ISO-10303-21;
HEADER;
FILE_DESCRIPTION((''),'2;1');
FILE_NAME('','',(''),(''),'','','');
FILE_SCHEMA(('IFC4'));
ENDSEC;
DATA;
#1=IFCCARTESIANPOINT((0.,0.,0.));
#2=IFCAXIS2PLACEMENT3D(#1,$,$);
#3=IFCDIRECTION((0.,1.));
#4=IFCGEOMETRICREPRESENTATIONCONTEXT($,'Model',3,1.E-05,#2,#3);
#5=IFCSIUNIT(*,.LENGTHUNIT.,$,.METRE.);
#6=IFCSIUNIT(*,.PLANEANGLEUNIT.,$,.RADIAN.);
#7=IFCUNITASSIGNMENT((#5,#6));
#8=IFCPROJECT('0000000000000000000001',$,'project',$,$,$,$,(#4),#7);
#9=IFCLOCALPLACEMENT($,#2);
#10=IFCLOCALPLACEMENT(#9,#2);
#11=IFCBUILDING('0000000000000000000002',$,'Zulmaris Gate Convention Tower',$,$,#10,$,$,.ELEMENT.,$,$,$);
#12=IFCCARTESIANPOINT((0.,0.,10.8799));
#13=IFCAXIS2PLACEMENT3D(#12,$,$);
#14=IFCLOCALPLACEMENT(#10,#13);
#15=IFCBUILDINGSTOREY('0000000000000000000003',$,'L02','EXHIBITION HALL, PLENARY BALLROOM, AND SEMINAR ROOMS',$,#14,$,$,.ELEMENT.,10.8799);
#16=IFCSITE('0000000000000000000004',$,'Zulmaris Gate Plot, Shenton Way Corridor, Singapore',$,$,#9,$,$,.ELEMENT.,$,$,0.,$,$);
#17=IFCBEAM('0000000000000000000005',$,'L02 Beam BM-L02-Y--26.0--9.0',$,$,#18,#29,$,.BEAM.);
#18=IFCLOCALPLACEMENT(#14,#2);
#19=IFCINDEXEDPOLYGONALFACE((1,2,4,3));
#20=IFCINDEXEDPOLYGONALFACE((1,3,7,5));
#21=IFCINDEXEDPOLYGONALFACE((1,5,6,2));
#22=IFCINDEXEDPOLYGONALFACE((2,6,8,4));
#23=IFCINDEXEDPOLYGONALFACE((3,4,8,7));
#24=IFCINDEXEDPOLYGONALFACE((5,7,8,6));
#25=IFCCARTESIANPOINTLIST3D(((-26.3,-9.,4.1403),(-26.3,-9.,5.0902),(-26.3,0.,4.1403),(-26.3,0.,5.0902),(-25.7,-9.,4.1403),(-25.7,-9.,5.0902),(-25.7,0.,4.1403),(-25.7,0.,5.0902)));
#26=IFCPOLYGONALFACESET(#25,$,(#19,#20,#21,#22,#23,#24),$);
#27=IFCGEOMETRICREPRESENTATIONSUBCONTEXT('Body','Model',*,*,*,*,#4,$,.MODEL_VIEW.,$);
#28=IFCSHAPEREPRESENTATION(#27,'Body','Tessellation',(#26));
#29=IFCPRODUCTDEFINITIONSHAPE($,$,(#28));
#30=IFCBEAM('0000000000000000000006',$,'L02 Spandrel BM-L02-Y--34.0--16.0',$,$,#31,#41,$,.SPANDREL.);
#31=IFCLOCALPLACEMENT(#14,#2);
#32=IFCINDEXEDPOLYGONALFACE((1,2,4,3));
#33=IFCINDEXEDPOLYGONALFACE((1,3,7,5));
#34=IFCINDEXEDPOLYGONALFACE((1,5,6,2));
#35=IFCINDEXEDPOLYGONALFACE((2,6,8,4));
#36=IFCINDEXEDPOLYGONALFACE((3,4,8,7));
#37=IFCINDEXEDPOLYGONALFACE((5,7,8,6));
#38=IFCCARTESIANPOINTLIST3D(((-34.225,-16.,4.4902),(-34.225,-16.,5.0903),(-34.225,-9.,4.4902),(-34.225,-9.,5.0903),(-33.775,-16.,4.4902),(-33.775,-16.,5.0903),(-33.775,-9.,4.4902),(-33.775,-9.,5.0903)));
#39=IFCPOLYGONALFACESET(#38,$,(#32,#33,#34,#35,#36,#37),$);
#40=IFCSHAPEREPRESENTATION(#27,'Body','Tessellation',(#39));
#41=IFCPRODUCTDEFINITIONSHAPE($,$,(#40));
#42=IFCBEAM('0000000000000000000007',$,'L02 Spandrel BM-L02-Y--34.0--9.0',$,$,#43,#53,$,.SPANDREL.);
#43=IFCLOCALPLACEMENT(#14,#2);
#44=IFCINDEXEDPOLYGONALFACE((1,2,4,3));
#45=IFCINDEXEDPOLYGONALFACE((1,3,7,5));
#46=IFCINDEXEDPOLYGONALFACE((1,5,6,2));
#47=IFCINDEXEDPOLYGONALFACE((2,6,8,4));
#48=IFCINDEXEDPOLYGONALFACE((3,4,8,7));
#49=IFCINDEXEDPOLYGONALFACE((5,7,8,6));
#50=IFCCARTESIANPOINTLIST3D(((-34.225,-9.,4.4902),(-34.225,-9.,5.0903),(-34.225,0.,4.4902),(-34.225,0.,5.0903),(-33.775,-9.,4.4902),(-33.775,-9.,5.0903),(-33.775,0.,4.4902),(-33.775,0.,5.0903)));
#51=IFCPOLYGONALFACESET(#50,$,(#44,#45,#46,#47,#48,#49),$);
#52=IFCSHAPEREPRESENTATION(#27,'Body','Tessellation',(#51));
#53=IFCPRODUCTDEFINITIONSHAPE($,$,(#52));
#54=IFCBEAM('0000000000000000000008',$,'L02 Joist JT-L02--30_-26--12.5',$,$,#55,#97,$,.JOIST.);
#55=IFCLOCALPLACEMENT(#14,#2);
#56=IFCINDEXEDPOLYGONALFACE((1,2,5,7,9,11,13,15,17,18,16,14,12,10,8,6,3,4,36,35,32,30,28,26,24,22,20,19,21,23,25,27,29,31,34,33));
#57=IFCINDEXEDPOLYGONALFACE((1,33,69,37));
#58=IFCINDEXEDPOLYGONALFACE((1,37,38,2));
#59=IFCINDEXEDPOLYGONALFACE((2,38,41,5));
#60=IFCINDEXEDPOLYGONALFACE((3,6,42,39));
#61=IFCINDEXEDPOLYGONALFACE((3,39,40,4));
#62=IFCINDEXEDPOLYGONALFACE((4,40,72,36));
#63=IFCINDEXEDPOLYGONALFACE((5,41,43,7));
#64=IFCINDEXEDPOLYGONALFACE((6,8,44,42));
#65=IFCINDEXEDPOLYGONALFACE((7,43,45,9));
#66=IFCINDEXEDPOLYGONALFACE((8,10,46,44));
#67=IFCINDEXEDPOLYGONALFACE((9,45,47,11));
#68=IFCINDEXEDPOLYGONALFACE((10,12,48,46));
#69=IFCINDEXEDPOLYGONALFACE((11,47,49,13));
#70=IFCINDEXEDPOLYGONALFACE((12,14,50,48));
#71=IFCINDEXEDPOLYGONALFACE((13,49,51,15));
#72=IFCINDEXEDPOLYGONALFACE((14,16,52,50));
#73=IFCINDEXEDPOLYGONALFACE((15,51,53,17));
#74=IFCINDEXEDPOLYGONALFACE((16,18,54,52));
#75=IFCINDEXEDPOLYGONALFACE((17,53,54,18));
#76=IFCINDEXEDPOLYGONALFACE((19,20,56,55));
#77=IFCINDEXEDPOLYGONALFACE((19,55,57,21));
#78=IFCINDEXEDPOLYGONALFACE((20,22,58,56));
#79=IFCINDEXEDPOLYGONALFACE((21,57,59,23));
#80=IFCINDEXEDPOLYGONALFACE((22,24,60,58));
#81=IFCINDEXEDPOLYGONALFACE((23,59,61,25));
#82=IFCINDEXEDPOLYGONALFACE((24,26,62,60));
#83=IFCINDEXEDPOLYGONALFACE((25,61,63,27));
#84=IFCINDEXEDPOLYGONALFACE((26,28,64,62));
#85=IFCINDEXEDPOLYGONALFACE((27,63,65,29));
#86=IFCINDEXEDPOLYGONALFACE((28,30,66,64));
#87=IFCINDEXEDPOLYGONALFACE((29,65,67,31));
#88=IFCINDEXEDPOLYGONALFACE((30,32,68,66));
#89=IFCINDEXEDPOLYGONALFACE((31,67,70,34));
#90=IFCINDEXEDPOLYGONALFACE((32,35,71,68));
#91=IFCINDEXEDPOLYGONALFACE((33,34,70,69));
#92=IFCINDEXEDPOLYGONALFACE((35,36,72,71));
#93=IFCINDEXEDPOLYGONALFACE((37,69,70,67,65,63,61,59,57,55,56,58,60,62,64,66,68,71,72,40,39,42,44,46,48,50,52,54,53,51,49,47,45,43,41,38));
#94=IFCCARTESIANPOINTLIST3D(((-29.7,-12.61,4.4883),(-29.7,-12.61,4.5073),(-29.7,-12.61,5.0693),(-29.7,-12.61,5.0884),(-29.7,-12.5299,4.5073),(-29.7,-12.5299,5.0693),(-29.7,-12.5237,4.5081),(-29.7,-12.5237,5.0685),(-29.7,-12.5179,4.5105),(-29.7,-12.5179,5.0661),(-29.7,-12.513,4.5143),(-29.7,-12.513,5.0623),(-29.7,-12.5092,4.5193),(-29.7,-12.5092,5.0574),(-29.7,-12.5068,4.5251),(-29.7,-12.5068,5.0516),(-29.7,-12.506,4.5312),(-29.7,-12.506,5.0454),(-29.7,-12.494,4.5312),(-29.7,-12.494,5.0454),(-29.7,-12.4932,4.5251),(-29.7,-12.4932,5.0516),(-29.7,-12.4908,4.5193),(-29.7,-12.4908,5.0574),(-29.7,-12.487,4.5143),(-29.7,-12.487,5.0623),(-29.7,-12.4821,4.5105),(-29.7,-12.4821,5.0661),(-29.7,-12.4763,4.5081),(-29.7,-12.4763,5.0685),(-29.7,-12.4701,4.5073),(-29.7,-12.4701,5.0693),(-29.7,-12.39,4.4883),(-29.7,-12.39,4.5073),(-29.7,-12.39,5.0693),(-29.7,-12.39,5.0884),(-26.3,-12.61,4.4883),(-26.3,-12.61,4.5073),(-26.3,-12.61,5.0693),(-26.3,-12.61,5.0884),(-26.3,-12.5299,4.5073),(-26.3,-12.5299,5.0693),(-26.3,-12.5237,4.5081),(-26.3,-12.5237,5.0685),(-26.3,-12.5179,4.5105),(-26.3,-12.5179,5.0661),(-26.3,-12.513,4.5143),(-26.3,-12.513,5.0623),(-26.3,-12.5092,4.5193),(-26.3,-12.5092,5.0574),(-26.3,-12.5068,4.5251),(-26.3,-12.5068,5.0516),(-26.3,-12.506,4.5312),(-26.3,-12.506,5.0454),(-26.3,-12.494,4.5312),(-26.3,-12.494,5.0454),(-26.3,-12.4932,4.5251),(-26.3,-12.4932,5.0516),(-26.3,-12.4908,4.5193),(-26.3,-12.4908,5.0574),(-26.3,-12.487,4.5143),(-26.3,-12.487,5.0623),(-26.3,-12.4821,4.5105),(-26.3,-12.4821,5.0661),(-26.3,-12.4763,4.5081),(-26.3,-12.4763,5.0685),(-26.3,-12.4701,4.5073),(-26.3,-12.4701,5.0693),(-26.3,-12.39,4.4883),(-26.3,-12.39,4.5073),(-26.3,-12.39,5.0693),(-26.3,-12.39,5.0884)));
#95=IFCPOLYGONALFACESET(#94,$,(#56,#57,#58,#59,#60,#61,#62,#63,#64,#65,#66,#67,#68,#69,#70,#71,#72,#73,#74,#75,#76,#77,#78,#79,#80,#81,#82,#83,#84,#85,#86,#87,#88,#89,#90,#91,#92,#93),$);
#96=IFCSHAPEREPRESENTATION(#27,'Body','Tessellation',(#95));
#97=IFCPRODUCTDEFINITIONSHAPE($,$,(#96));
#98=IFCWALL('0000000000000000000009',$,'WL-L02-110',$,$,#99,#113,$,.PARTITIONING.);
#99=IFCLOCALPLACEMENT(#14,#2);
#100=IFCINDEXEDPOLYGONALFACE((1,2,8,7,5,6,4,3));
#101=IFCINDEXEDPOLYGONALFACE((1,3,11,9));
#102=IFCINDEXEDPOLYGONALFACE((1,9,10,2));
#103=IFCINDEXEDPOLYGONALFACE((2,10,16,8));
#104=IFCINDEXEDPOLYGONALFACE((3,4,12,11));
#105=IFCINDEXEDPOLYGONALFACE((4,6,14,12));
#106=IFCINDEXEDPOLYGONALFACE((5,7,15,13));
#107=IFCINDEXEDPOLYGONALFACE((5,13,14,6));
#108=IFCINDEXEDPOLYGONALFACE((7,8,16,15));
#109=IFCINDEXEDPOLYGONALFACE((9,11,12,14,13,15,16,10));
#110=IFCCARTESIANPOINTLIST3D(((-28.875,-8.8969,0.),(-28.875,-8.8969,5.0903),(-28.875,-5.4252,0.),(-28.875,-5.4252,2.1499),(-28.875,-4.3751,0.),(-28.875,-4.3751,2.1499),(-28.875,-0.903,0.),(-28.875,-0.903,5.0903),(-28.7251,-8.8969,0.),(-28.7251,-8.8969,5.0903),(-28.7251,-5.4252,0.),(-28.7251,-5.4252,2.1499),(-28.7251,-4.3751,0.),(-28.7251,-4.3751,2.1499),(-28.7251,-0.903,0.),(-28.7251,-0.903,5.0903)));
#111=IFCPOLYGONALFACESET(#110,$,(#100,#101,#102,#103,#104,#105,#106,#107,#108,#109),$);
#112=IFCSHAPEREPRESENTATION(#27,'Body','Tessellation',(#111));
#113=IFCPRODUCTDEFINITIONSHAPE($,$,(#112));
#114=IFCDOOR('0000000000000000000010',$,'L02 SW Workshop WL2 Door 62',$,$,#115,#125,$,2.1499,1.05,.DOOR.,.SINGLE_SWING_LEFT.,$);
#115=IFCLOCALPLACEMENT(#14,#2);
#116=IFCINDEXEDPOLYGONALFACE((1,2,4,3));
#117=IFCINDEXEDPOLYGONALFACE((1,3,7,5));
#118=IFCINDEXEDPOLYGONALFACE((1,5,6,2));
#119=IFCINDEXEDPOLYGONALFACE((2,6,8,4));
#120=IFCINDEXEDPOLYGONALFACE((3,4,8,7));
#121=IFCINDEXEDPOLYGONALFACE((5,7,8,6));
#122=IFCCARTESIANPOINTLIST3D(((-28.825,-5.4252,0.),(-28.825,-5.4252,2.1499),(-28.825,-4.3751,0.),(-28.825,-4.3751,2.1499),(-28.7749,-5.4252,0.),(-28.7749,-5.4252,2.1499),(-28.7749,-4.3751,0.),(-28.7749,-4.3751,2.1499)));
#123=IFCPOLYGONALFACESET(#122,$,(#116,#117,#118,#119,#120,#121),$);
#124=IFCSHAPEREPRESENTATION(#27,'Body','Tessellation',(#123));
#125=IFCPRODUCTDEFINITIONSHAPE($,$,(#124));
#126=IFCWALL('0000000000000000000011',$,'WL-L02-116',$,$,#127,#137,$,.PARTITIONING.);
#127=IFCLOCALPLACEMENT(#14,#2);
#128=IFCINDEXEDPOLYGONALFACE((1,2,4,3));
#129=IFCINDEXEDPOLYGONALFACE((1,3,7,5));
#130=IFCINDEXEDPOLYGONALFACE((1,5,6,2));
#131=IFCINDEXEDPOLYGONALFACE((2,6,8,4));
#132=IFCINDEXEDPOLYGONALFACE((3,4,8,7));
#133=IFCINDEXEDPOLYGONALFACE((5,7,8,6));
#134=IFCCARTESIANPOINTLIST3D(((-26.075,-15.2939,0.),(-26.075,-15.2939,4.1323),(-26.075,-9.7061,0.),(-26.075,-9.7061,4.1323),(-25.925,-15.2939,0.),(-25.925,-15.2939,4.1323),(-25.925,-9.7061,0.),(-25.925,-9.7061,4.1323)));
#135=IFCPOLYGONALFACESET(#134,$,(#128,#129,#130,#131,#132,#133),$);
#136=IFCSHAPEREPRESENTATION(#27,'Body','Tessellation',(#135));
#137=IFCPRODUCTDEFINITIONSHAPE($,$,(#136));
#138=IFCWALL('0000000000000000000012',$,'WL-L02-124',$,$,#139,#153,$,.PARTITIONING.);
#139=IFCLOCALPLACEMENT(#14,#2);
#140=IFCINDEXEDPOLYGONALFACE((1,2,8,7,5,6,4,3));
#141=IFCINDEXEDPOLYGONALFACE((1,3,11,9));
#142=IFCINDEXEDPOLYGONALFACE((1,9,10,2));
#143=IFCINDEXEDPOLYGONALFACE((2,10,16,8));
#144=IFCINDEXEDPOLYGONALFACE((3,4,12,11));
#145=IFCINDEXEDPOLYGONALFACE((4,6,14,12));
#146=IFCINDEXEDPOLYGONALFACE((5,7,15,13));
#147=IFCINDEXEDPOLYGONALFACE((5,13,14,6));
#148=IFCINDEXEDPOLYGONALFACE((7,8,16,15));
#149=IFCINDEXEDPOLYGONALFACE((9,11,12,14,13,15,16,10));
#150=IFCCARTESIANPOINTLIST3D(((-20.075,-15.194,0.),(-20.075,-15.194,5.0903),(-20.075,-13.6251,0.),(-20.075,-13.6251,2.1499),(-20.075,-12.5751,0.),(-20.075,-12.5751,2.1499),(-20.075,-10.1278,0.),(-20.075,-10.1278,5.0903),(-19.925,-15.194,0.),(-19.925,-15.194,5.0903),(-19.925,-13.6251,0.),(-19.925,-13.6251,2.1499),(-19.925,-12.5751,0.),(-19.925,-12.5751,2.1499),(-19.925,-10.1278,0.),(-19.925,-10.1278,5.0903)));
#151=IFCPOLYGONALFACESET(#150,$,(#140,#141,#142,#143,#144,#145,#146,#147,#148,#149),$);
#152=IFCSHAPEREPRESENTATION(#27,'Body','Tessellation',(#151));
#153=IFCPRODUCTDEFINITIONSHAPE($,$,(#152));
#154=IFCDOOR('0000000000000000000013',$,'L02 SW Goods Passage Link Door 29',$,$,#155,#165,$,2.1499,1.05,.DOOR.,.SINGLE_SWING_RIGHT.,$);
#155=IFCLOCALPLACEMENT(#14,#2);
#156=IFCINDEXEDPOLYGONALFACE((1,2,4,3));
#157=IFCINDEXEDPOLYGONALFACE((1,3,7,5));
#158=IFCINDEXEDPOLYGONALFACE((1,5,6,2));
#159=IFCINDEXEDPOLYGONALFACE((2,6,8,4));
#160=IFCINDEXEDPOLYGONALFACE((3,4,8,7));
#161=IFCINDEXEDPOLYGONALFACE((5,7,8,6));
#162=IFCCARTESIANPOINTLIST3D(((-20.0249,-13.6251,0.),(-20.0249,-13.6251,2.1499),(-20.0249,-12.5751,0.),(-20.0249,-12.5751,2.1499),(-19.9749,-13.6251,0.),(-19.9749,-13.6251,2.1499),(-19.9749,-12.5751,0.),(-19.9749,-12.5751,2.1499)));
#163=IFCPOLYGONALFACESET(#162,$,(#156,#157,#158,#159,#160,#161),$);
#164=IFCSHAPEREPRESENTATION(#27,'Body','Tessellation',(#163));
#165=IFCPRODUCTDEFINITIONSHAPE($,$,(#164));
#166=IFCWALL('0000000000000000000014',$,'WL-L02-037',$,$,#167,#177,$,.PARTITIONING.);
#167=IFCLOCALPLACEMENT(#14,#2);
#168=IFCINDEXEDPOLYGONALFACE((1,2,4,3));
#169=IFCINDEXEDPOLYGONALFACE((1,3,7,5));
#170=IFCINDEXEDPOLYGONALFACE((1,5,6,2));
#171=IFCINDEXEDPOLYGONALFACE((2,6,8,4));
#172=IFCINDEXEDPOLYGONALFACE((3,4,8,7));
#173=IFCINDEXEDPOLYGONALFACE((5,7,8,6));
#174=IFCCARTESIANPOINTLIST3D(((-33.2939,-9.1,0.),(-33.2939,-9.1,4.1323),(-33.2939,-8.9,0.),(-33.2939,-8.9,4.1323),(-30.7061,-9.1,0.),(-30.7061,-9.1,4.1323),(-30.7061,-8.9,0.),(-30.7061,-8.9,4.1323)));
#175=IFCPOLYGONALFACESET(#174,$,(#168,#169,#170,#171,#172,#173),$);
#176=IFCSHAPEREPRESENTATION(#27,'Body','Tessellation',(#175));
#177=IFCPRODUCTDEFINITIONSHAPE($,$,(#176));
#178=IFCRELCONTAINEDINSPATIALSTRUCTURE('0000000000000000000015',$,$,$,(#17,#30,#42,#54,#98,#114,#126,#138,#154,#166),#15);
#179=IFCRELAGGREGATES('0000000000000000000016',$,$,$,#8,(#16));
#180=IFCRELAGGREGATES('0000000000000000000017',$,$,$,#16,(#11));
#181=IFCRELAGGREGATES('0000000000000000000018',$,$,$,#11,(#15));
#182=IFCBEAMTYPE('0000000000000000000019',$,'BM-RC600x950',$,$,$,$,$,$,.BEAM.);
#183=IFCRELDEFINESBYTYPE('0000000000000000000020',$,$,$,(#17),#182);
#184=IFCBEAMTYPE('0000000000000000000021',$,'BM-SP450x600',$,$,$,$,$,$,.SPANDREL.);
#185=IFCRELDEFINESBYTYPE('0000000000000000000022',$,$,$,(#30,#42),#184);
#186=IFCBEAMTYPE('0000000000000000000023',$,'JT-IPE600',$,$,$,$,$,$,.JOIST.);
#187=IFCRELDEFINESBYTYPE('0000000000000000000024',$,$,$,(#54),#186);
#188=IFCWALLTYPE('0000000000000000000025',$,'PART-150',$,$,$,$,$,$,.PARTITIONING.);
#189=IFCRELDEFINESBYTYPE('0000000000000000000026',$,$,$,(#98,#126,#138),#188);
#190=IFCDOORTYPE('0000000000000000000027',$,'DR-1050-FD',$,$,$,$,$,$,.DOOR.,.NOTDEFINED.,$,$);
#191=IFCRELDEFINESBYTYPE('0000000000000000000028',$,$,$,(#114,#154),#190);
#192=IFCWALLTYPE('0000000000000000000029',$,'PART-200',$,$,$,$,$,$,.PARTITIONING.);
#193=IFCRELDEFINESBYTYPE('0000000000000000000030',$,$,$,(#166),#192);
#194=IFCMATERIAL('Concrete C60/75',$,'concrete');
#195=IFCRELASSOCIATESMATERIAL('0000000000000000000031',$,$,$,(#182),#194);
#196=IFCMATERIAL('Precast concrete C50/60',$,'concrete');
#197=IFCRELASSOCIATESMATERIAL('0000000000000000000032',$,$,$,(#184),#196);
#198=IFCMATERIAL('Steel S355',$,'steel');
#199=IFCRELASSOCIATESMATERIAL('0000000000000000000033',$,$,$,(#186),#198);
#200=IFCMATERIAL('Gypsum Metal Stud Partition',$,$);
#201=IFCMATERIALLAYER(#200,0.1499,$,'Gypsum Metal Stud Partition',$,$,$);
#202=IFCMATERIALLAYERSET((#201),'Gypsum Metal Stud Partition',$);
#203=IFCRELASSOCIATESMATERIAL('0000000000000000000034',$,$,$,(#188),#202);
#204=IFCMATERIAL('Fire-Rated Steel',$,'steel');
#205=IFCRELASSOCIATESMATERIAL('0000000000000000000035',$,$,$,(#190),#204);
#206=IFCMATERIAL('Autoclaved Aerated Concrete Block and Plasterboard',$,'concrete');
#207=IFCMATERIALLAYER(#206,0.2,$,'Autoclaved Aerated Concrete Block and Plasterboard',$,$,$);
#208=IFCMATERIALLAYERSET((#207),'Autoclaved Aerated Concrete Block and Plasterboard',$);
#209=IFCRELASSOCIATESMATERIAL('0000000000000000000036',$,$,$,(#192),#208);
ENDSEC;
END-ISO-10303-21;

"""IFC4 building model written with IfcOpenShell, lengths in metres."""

from ifc_helpers import new_model, si_unit, direction, frame, frame_2d, origin, origin_2d, place, context, subcontext, project, spatial, rectangle, i_section, extrude, material, layer, layer_set, material_profile, profile_set, type_object, element, fill, save


model = new_model("IFC4")

# Units and contexts
model_context = context("Model", 3, precision=1e-05, world=origin(), true_north=direction((0.0, 1.0)))
body_context = subcontext(model_context, "Body", "Model", "MODEL_VIEW")
ifc_project = project(units=[si_unit("LENGTHUNIT", "METRE"), si_unit("PLANEANGLEUNIT", "RADIAN")], contexts=[model_context])

# Site, building, storey
site_placement = place(None, origin())
site = spatial("IfcSite", under=ifc_project, at=site_placement, Name="Zulmaris Gate Plot, Shenton Way Corridor, Singapore", CompositionType="ELEMENT", RefElevation=0.0)
building_placement = place(site_placement, origin())
building = spatial("IfcBuilding", under=site, at=building_placement, Name="Zulmaris Gate Convention Tower", CompositionType="ELEMENT")
storey_placement = place(building_placement, frame((0.0, 0.0, 10.8799)))
storey = spatial("IfcBuildingStorey", under=building, at=storey_placement, Name="L02", Description="EXHIBITION HALL, PLENARY BALLROOM, AND SEMINAR ROOMS", CompositionType="ELEMENT", Elevation=10.8799)

# Beams
ifc_material_1 = material(Name="Concrete C60/75", Category="concrete")
ifc_material_profile_1 = material_profile(ifc_material_1, rectangle(XDim=0.6001, YDim=0.95, at=origin_2d()), Name="RC BEAM 600x950")
ifc_profile_set_1 = profile_set([ifc_material_profile_1], Name="Concrete C60/75")
beam_type_1 = type_object("IfcBeamType", Name="BM-RC600x950", PredefinedType="BEAM", material=ifc_profile_set_1)
beam_1_placement = place(storey_placement, frame((-26.0, -9.0, 4.6152), z_axis=(0.0, 1.0, 0.0), x_axis=(-1.0, 0.0, 0.0)))
element("IfcBeam", 1, at=beam_1_placement, inside=storey, type_object=beam_type_1, Name="L02 Beam BM-L02-Y--26.0--9.0", PredefinedType="BEAM", context=body_context, shape_type="SweptSolid", body=[
    extrude(rectangle(XDim=0.6001, YDim=0.95, at=origin_2d()), origin(), (0.0, 0.0, 1.0), 9.0),
])
ifc_material_2 = material(Name="Precast concrete C50/60", Category="concrete")
ifc_material_profile_2 = material_profile(ifc_material_2, rectangle(XDim=0.45, YDim=0.6001, at=origin_2d()), Name="RC SPANDREL 450x600")
ifc_profile_set_2 = profile_set([ifc_material_profile_2], Name="Precast concrete C50/60")
beam_type_2 = type_object("IfcBeamType", Name="BM-SP450x600", PredefinedType="SPANDREL", material=ifc_profile_set_2)
beam_2_placement = place(storey_placement, frame((-34.0, -16.0, 4.7903), z_axis=(0.0, 1.0, 0.0), x_axis=(-1.0, 0.0, 0.0)))
element("IfcBeam", 2, at=beam_2_placement, inside=storey, type_object=beam_type_2, Name="L02 Spandrel BM-L02-Y--34.0--16.0", PredefinedType="SPANDREL", context=body_context, shape_type="SweptSolid", body=[
    extrude(rectangle(XDim=0.45, YDim=0.6001, at=origin_2d()), origin(), (0.0, 0.0, 1.0), 7.0),
])
beam_3_placement = place(storey_placement, frame((-34.0, -9.0, 4.7903), z_axis=(0.0, 1.0, 0.0), x_axis=(-1.0, 0.0, 0.0)))
element("IfcBeam", 3, at=beam_3_placement, inside=storey, type_object=beam_type_2, Name="L02 Spandrel BM-L02-Y--34.0--9.0", PredefinedType="SPANDREL", context=body_context, shape_type="SweptSolid", body=[
    extrude(rectangle(XDim=0.45, YDim=0.6001, at=origin_2d()), origin(), (0.0, 0.0, 1.0), 9.0),
])
ifc_material_3 = material(Name="Steel S355", Category="steel")
ifc_material_profile_3 = material_profile(ifc_material_3, i_section(OverallWidth=0.22, OverallDepth=0.6001, WebThickness=0.012, FlangeThickness=0.019, FilletRadius=0.0239, at=origin_2d()), Name="IPE 600")
ifc_profile_set_3 = profile_set([ifc_material_profile_3], Name="Steel S355")
beam_type_3 = type_object("IfcBeamType", Name="JT-IPE600", PredefinedType="JOIST", material=ifc_profile_set_3)
beam_4_placement = place(storey_placement, frame((-29.7, -12.5, 4.7883), z_axis=(1.0, 0.0, 0.0), x_axis=(0.0, 1.0, 0.0)))
element("IfcBeam", 4, at=beam_4_placement, inside=storey, type_object=beam_type_3, Name="L02 Joist JT-L02--30_-26--12.5", PredefinedType="JOIST", context=body_context, shape_type="SweptSolid", body=[
    extrude(i_section(OverallWidth=0.22, OverallDepth=0.6001, WebThickness=0.012, FlangeThickness=0.019, FilletRadius=0.0239, at=origin_2d()), origin(), (0.0, 0.0, 1.0), 3.3999),
])

# Wall, opening, door
ifc_material_4 = material(Name="Gypsum Metal Stud Partition")
ifc_layer_1 = layer(ifc_material_4, 0.1499, Name="Gypsum Metal Stud Partition")
ifc_layer_set_1 = layer_set([ifc_layer_1], Name="Gypsum Metal Stud Partition")
wall_type_1 = type_object("IfcWallType", Name="PART-150", PredefinedType="PARTITIONING", material=ifc_layer_set_1)
wall_1_placement = place(storey_placement, frame((-28.8, -8.897, 0.0), z_axis=(0.0, 0.0, 1.0), x_axis=(0.0, 1.0, 0.0)))
wall_1 = element("IfcWall", 5, at=wall_1_placement, inside=storey, type_object=wall_type_1, Name="WL-L02-110", PredefinedType="PARTITIONING", context=body_context, shape_type="SweptSolid", body=[
    extrude(rectangle(XDim=7.9939, YDim=0.1499, at=frame_2d((3.9971, 0.0))), origin(), (0.0, 0.0, 1.0), 5.0903),
])
opening_1_placement = place(wall_1_placement, frame((3.4719, 0.0, 0.0)))
opening_1 = element("IfcOpeningElement", 6, at=opening_1_placement, cuts=wall_1, PredefinedType="OPENING", context=body_context, shape_type="SweptSolid", body=[
    extrude(rectangle(XDim=1.05, YDim=2.1499, at=frame_2d((0.5249, 1.075))), frame((0.0, 0.085, 0.0), z_axis=(0.0, -1.0, 0.0), x_axis=(1.0, 0.0, 0.0)), (0.0, 0.0, 1.0), 0.1699),
])
ifc_material_5 = material(Name="Fire-Rated Steel", Category="steel")
door_type_1 = type_object("IfcDoorType", Name="DR-1050-FD", OperationType="NOTDEFINED", PredefinedType="DOOR", material=ifc_material_5)
door_1_placement = place(opening_1_placement, origin())
door_1 = element("IfcDoor", 7, at=door_1_placement, inside=storey, type_object=door_type_1, Name="L02 SW Workshop WL2 Door 62", OperationType="SINGLE_SWING_LEFT", OverallHeight=2.1499, OverallWidth=1.05, PredefinedType="DOOR", context=body_context, shape_type="SweptSolid", body=[
    extrude(rectangle(XDim=1.05, YDim=2.1499, at=frame_2d((0.5249, 1.075))), frame((0.0, 0.0249, 0.0), z_axis=(0.0, -1.0, 0.0), x_axis=(1.0, 0.0, 0.0)), (0.0, 0.0, 1.0), 0.05),
])
fill(opening_1, door_1)

# Wall
wall_2_placement = place(storey_placement, frame((-26.0, -15.2939, 0.0), z_axis=(0.0, 0.0, 1.0), x_axis=(0.0, 1.0, 0.0)))
element("IfcWall", 8, at=wall_2_placement, inside=storey, type_object=wall_type_1, Name="WL-L02-116", PredefinedType="PARTITIONING", context=body_context, shape_type="SweptSolid", body=[
    extrude(rectangle(XDim=5.5879, YDim=0.1499, at=frame_2d((2.7939, 0.0))), origin(), (0.0, 0.0, 1.0), 4.1323),
])

# Wall, opening, door
wall_3_placement = place(storey_placement, frame((-20.0, -15.1941, 0.0), z_axis=(0.0, 0.0, 1.0), x_axis=(0.0, 1.0, 0.0)))
wall_3 = element("IfcWall", 9, at=wall_3_placement, inside=storey, type_object=wall_type_1, Name="WL-L02-124", PredefinedType="PARTITIONING", context=body_context, shape_type="SweptSolid", body=[
    extrude(rectangle(XDim=5.0662, YDim=0.1499, at=frame_2d((2.5332, 0.0))), origin(), (0.0, 0.0, 1.0), 5.0903),
])
opening_2_placement = place(wall_3_placement, frame((1.5691, 0.0, 0.0)))
opening_2 = element("IfcOpeningElement", 10, at=opening_2_placement, cuts=wall_3, PredefinedType="OPENING", context=body_context, shape_type="SweptSolid", body=[
    extrude(rectangle(XDim=1.05, YDim=2.1499, at=frame_2d((0.5249, 1.075))), frame((0.0, 0.085, 0.0), z_axis=(0.0, -1.0, 0.0), x_axis=(1.0, 0.0, 0.0)), (0.0, 0.0, 1.0), 0.1699),
])
door_2_placement = place(opening_2_placement, origin())
door_2 = element("IfcDoor", 11, at=door_2_placement, inside=storey, type_object=door_type_1, Name="L02 SW Goods Passage Link Door 29", OperationType="SINGLE_SWING_RIGHT", OverallHeight=2.1499, OverallWidth=1.05, PredefinedType="DOOR", context=body_context, shape_type="SweptSolid", body=[
    extrude(rectangle(XDim=1.05, YDim=2.1499, at=frame_2d((0.5249, 1.075))), frame((0.0, 0.0249, 0.0), z_axis=(0.0, -1.0, 0.0), x_axis=(1.0, 0.0, 0.0)), (0.0, 0.0, 1.0), 0.05),
])
fill(opening_2, door_2)
ifc_material_6 = material(Name="Autoclaved Aerated Concrete Block and Plasterboard", Category="concrete")
ifc_layer_2 = layer(ifc_material_6, 0.2, Name="Autoclaved Aerated Concrete Block and Plasterboard")
ifc_layer_set_2 = layer_set([ifc_layer_2], Name="Autoclaved Aerated Concrete Block and Plasterboard")
wall_type_2 = type_object("IfcWallType", Name="PART-200", PredefinedType="PARTITIONING", material=ifc_layer_set_2)

# Wall
wall_4_placement = place(storey_placement, frame((-33.2939, -9.0, 0.0), z_axis=(0.0, 0.0, 1.0), x_axis=(1.0, 0.0, 0.0)))
element("IfcWall", 12, at=wall_4_placement, inside=storey, type_object=wall_type_2, Name="WL-L02-037", PredefinedType="PARTITIONING", context=body_context, shape_type="SweptSolid", body=[
    extrude(rectangle(XDim=2.5879, YDim=0.2, at=frame_2d((1.2939, 0.0))), origin(), (0.0, 0.0, 1.0), 4.1323),
])

save(model, "model.ifc")
